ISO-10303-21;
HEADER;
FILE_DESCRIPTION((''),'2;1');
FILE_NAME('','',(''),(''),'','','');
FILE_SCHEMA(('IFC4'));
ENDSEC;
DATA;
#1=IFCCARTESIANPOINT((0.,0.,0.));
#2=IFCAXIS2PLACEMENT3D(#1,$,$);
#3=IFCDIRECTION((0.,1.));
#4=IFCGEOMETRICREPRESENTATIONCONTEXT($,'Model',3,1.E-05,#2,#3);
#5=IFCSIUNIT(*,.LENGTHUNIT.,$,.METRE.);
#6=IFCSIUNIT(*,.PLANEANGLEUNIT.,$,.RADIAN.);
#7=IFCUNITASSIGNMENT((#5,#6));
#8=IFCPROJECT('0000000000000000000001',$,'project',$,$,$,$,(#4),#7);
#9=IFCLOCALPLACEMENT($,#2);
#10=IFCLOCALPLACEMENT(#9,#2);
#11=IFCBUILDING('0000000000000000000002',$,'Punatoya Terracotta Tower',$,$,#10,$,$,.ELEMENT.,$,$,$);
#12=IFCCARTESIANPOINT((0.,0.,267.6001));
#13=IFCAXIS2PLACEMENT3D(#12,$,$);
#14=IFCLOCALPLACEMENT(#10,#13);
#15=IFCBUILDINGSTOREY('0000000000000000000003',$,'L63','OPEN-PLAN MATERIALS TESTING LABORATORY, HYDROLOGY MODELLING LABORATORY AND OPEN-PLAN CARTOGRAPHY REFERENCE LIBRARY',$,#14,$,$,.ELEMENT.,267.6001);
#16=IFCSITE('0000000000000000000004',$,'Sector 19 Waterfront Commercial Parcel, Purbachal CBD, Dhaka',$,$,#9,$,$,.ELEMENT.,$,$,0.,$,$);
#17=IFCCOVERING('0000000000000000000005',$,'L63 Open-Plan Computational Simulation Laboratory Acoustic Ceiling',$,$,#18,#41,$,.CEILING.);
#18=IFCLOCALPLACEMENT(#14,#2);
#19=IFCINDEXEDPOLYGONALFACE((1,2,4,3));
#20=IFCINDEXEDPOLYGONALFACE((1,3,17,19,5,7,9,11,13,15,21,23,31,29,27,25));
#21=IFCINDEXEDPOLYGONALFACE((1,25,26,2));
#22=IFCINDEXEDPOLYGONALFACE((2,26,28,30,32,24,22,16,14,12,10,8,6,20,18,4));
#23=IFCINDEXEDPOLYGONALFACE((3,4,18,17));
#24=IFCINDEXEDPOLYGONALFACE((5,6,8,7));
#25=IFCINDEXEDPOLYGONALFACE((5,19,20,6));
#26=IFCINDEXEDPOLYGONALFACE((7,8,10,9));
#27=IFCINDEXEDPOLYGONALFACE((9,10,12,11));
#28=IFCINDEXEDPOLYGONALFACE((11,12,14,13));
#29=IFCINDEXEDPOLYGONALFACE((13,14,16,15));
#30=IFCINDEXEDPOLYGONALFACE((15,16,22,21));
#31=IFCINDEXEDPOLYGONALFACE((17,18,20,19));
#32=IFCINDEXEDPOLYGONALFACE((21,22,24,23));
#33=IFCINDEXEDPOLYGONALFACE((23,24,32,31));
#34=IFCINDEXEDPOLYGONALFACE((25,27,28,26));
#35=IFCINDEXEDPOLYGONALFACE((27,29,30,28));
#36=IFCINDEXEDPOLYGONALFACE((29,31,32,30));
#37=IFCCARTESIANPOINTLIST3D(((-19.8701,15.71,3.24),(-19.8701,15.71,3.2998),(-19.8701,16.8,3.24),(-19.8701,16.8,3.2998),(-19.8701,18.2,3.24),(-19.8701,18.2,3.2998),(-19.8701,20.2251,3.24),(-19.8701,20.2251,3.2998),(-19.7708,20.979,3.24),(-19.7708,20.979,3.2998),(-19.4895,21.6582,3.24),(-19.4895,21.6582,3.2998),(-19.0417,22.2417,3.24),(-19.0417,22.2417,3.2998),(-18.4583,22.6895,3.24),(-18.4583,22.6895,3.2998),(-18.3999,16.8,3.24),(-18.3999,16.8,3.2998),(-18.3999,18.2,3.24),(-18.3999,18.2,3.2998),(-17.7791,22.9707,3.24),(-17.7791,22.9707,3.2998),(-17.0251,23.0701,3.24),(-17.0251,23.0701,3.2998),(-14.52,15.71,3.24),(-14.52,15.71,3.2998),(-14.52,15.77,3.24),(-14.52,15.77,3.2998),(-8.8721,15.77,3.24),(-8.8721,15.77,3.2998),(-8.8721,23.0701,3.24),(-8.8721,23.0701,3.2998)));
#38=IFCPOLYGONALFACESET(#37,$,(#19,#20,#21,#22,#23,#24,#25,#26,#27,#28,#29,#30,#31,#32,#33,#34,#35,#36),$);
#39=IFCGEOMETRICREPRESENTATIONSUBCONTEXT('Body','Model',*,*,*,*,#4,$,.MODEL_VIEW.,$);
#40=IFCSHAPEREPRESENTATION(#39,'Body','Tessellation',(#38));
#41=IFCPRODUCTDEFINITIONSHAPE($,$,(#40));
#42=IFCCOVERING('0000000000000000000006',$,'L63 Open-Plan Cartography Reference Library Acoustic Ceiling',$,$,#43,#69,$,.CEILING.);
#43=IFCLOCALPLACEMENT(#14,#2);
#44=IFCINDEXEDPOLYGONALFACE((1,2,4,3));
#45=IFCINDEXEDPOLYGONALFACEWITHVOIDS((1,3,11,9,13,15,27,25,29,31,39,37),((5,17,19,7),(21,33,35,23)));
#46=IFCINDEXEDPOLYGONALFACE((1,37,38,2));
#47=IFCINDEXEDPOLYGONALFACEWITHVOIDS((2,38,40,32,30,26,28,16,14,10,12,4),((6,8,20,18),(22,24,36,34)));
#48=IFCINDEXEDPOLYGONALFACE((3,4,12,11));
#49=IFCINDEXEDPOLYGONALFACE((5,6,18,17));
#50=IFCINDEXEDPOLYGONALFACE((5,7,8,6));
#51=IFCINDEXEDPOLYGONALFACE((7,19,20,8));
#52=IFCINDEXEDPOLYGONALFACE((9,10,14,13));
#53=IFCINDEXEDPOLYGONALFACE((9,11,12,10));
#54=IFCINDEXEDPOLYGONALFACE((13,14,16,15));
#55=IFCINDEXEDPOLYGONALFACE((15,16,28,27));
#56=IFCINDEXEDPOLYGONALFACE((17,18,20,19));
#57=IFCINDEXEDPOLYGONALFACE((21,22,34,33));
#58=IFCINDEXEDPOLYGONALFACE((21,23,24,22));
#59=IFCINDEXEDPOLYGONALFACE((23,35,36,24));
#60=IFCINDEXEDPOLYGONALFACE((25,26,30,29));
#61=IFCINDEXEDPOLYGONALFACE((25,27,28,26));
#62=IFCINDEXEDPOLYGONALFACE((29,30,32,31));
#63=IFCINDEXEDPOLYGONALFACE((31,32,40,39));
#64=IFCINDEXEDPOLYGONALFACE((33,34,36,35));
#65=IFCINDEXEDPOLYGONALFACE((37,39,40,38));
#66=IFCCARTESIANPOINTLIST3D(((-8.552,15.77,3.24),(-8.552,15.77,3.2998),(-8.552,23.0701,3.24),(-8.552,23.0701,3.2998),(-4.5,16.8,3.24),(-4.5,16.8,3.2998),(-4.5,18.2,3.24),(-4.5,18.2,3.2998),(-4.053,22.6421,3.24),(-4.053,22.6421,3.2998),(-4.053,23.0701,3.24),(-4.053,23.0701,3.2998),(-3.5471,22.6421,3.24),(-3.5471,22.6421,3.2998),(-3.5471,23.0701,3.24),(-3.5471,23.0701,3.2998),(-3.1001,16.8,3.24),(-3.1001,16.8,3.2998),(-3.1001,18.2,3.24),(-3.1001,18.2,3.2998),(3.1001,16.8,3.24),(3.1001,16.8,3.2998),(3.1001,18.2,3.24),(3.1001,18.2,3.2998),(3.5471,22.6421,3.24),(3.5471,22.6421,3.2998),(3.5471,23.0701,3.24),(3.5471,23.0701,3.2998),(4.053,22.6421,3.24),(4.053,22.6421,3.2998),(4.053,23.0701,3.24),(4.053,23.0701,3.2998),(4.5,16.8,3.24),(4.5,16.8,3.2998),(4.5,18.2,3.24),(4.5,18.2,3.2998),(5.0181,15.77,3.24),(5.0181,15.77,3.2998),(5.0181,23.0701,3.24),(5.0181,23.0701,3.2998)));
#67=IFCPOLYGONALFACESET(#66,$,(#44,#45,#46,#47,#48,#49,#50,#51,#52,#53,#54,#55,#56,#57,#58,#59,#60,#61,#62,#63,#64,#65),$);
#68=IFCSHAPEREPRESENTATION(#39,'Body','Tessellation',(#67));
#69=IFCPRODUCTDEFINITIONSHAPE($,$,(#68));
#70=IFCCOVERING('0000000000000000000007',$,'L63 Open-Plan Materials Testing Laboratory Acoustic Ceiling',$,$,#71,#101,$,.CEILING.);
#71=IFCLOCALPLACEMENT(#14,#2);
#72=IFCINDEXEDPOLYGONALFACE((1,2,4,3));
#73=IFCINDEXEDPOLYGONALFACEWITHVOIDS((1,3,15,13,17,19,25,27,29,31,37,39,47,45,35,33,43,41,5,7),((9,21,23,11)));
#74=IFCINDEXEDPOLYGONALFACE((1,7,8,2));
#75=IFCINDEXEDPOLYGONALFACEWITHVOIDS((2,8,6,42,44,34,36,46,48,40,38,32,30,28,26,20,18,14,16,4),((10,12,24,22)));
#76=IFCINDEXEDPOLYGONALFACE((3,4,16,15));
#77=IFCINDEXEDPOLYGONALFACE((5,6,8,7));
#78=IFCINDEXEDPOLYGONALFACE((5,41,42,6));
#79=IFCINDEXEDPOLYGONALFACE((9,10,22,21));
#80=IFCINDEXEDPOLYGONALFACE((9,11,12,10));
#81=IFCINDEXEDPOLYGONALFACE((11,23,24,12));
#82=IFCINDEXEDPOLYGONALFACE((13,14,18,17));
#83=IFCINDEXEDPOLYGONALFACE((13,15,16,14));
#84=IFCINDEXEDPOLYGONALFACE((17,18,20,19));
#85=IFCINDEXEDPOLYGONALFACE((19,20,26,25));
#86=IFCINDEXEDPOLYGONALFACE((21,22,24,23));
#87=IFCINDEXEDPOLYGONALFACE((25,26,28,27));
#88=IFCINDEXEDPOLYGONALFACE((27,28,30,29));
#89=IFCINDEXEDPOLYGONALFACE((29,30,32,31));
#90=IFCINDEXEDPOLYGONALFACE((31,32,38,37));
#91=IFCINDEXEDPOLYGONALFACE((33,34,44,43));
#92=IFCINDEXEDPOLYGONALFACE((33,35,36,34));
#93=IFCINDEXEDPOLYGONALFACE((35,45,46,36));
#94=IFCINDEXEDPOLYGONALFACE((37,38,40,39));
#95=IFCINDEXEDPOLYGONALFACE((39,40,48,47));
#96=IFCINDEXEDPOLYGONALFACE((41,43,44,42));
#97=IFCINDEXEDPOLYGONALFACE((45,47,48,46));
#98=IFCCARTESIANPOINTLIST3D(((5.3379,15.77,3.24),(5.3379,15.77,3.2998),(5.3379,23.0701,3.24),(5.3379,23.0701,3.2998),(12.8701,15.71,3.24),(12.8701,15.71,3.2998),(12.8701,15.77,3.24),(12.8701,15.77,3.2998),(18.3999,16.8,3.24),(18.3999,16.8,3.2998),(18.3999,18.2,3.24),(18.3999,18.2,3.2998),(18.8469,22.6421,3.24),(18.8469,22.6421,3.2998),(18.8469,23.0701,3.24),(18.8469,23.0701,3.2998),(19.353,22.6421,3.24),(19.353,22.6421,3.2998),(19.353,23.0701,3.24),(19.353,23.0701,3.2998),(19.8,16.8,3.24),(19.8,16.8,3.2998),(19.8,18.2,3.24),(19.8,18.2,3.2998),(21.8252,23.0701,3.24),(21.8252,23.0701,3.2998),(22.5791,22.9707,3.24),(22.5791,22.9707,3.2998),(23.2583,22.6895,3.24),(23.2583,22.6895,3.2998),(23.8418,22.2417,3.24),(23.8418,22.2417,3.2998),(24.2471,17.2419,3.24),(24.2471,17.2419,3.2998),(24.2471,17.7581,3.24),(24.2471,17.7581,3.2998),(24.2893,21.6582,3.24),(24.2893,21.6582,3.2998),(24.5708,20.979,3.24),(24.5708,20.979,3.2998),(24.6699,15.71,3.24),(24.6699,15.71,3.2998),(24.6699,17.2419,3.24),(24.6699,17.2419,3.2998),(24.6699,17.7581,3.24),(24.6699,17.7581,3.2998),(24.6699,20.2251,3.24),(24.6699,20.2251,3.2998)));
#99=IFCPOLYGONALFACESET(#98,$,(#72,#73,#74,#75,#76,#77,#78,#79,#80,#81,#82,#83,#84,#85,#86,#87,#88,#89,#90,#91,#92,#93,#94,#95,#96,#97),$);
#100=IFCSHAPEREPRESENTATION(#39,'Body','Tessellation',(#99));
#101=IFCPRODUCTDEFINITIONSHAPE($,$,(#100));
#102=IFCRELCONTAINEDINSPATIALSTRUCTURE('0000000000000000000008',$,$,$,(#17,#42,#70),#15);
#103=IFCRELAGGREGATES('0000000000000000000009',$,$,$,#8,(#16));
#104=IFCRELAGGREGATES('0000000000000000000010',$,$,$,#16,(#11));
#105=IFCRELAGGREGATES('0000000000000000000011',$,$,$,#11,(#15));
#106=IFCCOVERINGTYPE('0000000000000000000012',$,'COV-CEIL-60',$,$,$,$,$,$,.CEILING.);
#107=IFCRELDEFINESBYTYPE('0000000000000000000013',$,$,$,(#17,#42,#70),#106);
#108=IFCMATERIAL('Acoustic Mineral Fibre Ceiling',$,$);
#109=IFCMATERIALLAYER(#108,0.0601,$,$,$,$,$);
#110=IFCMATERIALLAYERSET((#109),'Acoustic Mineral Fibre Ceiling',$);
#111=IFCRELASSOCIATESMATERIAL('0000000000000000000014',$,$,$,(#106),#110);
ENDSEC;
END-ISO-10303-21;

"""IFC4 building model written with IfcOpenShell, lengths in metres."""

from ifc_helpers import new_model, si_unit, direction, frame, origin, place, context, subcontext, project, spatial, polyline, outline, extrude, material, layer, layer_set, type_object, element, save


model = new_model("IFC4")

# Units and contexts
model_context = context("Model", 3, precision=1e-05, world=origin(), true_north=direction((0.0, 1.0)))
body_context = subcontext(model_context, "Body", "Model", "MODEL_VIEW")
ifc_project = project(units=[si_unit("LENGTHUNIT", "METRE"), si_unit("PLANEANGLEUNIT", "RADIAN")], contexts=[model_context])

# Site, building, storey
site_placement = place(None, origin())
site = spatial("IfcSite", under=ifc_project, at=site_placement, Name="Sector 19 Waterfront Commercial Parcel, Purbachal CBD, Dhaka", CompositionType="ELEMENT", RefElevation=0.0)
building_placement = place(site_placement, origin())
building = spatial("IfcBuilding", under=site, at=building_placement, Name="Punatoya Terracotta Tower", CompositionType="ELEMENT")
storey_placement = place(building_placement, frame((0.0, 0.0, 267.6001)))
storey = spatial("IfcBuildingStorey", under=building, at=storey_placement, Name="L63", Description="OPEN-PLAN MATERIALS TESTING LABORATORY, HYDROLOGY MODELLING LABORATORY AND OPEN-PLAN CARTOGRAPHY REFERENCE LIBRARY", CompositionType="ELEMENT", Elevation=267.6001)

# Coverings
ifc_material_1 = material(Name="Acoustic Mineral Fibre Ceiling")
ifc_layer_1 = layer(ifc_material_1, 0.0601)
ifc_layer_set_1 = layer_set([ifc_layer_1], Name="Acoustic Mineral Fibre Ceiling")
covering_type = type_object("IfcCoveringType", Name="COV-CEIL-60", PredefinedType="CEILING", material=ifc_layer_set_1)
covering_1_placement = place(storey_placement, frame((0.0, 0.0, 3.24)))
element("IfcCovering", 1, at=covering_1_placement, inside=storey, type_object=covering_type, Name="L63 Open-Plan Computational Simulation Laboratory Acoustic Ceiling", PredefinedType="CEILING", context=body_context, shape_type="SweptSolid", body=[
    extrude(outline(polyline([(-19.8701, 16.8), (-19.8701, 15.71), (-14.52, 15.71), (-14.52, 15.77), (-8.8721, 15.77), (-8.8721, 23.0701), (-17.0251, 23.0701), (-17.7791, 22.9707), (-18.4583, 22.6895), (-19.0417, 22.2417), (-19.4895, 21.6582), (-19.7708, 20.979), (-19.8701, 20.2251), (-19.8701, 18.2), (-18.3999, 18.2), (-18.3999, 16.8), (-19.8701, 16.8)])), origin(), (0.0, 0.0, 1.0), 0.0598),
])
covering_2_placement = place(storey_placement, frame((0.0, 0.0, 3.24)))
element("IfcCovering", 2, at=covering_2_placement, inside=storey, type_object=covering_type, Name="L63 Open-Plan Cartography Reference Library Acoustic Ceiling", PredefinedType="CEILING", context=body_context, shape_type="SweptSolid", body=[
    extrude(outline(polyline([(3.5471, 23.0701), (-3.5471, 23.0701), (-3.5471, 22.6421), (-4.053, 22.6421), (-4.053, 23.0701), (-8.552, 23.0701), (-8.552, 15.77), (5.0181, 15.77), (5.0181, 23.0701), (4.053, 23.0701), (4.053, 22.6421), (3.5471, 22.6421), (3.5471, 23.0701)]), holes=[polyline([(4.5, 16.8), (3.1001, 16.8), (3.1001, 18.2), (4.5, 18.2), (4.5, 16.8)]), polyline([(-4.5, 16.8), (-4.5, 18.2), (-3.1001, 18.2), (-3.1001, 16.8), (-4.5, 16.8)])]), origin(), (0.0, 0.0, 1.0), 0.0598),
])
covering_3_placement = place(storey_placement, frame((0.0, 0.0, 3.24)))
element("IfcCovering", 3, at=covering_3_placement, inside=storey, type_object=covering_type, Name="L63 Open-Plan Materials Testing Laboratory Acoustic Ceiling", PredefinedType="CEILING", context=body_context, shape_type="SweptSolid", body=[
    extrude(outline(polyline([(12.8701, 15.71), (24.6699, 15.71), (24.6699, 17.2419), (24.2471, 17.2419), (24.2471, 17.7581), (24.6699, 17.7581), (24.6699, 20.2251), (24.5708, 20.979), (24.2893, 21.6582), (23.8418, 22.2417), (23.2583, 22.6895), (22.5791, 22.9707), (21.8252, 23.0701), (19.353, 23.0701), (19.353, 22.6421), (18.8469, 22.6421), (18.8469, 23.0701), (5.3379, 23.0701), (5.3379, 15.77), (12.8701, 15.77), (12.8701, 15.71)]), holes=[polyline([(19.8, 18.2), (19.8, 16.8), (18.3999, 16.8), (18.3999, 18.2), (19.8, 18.2)])]), origin(), (0.0, 0.0, 1.0), 0.0598),
])

save(model, "model.ifc")
